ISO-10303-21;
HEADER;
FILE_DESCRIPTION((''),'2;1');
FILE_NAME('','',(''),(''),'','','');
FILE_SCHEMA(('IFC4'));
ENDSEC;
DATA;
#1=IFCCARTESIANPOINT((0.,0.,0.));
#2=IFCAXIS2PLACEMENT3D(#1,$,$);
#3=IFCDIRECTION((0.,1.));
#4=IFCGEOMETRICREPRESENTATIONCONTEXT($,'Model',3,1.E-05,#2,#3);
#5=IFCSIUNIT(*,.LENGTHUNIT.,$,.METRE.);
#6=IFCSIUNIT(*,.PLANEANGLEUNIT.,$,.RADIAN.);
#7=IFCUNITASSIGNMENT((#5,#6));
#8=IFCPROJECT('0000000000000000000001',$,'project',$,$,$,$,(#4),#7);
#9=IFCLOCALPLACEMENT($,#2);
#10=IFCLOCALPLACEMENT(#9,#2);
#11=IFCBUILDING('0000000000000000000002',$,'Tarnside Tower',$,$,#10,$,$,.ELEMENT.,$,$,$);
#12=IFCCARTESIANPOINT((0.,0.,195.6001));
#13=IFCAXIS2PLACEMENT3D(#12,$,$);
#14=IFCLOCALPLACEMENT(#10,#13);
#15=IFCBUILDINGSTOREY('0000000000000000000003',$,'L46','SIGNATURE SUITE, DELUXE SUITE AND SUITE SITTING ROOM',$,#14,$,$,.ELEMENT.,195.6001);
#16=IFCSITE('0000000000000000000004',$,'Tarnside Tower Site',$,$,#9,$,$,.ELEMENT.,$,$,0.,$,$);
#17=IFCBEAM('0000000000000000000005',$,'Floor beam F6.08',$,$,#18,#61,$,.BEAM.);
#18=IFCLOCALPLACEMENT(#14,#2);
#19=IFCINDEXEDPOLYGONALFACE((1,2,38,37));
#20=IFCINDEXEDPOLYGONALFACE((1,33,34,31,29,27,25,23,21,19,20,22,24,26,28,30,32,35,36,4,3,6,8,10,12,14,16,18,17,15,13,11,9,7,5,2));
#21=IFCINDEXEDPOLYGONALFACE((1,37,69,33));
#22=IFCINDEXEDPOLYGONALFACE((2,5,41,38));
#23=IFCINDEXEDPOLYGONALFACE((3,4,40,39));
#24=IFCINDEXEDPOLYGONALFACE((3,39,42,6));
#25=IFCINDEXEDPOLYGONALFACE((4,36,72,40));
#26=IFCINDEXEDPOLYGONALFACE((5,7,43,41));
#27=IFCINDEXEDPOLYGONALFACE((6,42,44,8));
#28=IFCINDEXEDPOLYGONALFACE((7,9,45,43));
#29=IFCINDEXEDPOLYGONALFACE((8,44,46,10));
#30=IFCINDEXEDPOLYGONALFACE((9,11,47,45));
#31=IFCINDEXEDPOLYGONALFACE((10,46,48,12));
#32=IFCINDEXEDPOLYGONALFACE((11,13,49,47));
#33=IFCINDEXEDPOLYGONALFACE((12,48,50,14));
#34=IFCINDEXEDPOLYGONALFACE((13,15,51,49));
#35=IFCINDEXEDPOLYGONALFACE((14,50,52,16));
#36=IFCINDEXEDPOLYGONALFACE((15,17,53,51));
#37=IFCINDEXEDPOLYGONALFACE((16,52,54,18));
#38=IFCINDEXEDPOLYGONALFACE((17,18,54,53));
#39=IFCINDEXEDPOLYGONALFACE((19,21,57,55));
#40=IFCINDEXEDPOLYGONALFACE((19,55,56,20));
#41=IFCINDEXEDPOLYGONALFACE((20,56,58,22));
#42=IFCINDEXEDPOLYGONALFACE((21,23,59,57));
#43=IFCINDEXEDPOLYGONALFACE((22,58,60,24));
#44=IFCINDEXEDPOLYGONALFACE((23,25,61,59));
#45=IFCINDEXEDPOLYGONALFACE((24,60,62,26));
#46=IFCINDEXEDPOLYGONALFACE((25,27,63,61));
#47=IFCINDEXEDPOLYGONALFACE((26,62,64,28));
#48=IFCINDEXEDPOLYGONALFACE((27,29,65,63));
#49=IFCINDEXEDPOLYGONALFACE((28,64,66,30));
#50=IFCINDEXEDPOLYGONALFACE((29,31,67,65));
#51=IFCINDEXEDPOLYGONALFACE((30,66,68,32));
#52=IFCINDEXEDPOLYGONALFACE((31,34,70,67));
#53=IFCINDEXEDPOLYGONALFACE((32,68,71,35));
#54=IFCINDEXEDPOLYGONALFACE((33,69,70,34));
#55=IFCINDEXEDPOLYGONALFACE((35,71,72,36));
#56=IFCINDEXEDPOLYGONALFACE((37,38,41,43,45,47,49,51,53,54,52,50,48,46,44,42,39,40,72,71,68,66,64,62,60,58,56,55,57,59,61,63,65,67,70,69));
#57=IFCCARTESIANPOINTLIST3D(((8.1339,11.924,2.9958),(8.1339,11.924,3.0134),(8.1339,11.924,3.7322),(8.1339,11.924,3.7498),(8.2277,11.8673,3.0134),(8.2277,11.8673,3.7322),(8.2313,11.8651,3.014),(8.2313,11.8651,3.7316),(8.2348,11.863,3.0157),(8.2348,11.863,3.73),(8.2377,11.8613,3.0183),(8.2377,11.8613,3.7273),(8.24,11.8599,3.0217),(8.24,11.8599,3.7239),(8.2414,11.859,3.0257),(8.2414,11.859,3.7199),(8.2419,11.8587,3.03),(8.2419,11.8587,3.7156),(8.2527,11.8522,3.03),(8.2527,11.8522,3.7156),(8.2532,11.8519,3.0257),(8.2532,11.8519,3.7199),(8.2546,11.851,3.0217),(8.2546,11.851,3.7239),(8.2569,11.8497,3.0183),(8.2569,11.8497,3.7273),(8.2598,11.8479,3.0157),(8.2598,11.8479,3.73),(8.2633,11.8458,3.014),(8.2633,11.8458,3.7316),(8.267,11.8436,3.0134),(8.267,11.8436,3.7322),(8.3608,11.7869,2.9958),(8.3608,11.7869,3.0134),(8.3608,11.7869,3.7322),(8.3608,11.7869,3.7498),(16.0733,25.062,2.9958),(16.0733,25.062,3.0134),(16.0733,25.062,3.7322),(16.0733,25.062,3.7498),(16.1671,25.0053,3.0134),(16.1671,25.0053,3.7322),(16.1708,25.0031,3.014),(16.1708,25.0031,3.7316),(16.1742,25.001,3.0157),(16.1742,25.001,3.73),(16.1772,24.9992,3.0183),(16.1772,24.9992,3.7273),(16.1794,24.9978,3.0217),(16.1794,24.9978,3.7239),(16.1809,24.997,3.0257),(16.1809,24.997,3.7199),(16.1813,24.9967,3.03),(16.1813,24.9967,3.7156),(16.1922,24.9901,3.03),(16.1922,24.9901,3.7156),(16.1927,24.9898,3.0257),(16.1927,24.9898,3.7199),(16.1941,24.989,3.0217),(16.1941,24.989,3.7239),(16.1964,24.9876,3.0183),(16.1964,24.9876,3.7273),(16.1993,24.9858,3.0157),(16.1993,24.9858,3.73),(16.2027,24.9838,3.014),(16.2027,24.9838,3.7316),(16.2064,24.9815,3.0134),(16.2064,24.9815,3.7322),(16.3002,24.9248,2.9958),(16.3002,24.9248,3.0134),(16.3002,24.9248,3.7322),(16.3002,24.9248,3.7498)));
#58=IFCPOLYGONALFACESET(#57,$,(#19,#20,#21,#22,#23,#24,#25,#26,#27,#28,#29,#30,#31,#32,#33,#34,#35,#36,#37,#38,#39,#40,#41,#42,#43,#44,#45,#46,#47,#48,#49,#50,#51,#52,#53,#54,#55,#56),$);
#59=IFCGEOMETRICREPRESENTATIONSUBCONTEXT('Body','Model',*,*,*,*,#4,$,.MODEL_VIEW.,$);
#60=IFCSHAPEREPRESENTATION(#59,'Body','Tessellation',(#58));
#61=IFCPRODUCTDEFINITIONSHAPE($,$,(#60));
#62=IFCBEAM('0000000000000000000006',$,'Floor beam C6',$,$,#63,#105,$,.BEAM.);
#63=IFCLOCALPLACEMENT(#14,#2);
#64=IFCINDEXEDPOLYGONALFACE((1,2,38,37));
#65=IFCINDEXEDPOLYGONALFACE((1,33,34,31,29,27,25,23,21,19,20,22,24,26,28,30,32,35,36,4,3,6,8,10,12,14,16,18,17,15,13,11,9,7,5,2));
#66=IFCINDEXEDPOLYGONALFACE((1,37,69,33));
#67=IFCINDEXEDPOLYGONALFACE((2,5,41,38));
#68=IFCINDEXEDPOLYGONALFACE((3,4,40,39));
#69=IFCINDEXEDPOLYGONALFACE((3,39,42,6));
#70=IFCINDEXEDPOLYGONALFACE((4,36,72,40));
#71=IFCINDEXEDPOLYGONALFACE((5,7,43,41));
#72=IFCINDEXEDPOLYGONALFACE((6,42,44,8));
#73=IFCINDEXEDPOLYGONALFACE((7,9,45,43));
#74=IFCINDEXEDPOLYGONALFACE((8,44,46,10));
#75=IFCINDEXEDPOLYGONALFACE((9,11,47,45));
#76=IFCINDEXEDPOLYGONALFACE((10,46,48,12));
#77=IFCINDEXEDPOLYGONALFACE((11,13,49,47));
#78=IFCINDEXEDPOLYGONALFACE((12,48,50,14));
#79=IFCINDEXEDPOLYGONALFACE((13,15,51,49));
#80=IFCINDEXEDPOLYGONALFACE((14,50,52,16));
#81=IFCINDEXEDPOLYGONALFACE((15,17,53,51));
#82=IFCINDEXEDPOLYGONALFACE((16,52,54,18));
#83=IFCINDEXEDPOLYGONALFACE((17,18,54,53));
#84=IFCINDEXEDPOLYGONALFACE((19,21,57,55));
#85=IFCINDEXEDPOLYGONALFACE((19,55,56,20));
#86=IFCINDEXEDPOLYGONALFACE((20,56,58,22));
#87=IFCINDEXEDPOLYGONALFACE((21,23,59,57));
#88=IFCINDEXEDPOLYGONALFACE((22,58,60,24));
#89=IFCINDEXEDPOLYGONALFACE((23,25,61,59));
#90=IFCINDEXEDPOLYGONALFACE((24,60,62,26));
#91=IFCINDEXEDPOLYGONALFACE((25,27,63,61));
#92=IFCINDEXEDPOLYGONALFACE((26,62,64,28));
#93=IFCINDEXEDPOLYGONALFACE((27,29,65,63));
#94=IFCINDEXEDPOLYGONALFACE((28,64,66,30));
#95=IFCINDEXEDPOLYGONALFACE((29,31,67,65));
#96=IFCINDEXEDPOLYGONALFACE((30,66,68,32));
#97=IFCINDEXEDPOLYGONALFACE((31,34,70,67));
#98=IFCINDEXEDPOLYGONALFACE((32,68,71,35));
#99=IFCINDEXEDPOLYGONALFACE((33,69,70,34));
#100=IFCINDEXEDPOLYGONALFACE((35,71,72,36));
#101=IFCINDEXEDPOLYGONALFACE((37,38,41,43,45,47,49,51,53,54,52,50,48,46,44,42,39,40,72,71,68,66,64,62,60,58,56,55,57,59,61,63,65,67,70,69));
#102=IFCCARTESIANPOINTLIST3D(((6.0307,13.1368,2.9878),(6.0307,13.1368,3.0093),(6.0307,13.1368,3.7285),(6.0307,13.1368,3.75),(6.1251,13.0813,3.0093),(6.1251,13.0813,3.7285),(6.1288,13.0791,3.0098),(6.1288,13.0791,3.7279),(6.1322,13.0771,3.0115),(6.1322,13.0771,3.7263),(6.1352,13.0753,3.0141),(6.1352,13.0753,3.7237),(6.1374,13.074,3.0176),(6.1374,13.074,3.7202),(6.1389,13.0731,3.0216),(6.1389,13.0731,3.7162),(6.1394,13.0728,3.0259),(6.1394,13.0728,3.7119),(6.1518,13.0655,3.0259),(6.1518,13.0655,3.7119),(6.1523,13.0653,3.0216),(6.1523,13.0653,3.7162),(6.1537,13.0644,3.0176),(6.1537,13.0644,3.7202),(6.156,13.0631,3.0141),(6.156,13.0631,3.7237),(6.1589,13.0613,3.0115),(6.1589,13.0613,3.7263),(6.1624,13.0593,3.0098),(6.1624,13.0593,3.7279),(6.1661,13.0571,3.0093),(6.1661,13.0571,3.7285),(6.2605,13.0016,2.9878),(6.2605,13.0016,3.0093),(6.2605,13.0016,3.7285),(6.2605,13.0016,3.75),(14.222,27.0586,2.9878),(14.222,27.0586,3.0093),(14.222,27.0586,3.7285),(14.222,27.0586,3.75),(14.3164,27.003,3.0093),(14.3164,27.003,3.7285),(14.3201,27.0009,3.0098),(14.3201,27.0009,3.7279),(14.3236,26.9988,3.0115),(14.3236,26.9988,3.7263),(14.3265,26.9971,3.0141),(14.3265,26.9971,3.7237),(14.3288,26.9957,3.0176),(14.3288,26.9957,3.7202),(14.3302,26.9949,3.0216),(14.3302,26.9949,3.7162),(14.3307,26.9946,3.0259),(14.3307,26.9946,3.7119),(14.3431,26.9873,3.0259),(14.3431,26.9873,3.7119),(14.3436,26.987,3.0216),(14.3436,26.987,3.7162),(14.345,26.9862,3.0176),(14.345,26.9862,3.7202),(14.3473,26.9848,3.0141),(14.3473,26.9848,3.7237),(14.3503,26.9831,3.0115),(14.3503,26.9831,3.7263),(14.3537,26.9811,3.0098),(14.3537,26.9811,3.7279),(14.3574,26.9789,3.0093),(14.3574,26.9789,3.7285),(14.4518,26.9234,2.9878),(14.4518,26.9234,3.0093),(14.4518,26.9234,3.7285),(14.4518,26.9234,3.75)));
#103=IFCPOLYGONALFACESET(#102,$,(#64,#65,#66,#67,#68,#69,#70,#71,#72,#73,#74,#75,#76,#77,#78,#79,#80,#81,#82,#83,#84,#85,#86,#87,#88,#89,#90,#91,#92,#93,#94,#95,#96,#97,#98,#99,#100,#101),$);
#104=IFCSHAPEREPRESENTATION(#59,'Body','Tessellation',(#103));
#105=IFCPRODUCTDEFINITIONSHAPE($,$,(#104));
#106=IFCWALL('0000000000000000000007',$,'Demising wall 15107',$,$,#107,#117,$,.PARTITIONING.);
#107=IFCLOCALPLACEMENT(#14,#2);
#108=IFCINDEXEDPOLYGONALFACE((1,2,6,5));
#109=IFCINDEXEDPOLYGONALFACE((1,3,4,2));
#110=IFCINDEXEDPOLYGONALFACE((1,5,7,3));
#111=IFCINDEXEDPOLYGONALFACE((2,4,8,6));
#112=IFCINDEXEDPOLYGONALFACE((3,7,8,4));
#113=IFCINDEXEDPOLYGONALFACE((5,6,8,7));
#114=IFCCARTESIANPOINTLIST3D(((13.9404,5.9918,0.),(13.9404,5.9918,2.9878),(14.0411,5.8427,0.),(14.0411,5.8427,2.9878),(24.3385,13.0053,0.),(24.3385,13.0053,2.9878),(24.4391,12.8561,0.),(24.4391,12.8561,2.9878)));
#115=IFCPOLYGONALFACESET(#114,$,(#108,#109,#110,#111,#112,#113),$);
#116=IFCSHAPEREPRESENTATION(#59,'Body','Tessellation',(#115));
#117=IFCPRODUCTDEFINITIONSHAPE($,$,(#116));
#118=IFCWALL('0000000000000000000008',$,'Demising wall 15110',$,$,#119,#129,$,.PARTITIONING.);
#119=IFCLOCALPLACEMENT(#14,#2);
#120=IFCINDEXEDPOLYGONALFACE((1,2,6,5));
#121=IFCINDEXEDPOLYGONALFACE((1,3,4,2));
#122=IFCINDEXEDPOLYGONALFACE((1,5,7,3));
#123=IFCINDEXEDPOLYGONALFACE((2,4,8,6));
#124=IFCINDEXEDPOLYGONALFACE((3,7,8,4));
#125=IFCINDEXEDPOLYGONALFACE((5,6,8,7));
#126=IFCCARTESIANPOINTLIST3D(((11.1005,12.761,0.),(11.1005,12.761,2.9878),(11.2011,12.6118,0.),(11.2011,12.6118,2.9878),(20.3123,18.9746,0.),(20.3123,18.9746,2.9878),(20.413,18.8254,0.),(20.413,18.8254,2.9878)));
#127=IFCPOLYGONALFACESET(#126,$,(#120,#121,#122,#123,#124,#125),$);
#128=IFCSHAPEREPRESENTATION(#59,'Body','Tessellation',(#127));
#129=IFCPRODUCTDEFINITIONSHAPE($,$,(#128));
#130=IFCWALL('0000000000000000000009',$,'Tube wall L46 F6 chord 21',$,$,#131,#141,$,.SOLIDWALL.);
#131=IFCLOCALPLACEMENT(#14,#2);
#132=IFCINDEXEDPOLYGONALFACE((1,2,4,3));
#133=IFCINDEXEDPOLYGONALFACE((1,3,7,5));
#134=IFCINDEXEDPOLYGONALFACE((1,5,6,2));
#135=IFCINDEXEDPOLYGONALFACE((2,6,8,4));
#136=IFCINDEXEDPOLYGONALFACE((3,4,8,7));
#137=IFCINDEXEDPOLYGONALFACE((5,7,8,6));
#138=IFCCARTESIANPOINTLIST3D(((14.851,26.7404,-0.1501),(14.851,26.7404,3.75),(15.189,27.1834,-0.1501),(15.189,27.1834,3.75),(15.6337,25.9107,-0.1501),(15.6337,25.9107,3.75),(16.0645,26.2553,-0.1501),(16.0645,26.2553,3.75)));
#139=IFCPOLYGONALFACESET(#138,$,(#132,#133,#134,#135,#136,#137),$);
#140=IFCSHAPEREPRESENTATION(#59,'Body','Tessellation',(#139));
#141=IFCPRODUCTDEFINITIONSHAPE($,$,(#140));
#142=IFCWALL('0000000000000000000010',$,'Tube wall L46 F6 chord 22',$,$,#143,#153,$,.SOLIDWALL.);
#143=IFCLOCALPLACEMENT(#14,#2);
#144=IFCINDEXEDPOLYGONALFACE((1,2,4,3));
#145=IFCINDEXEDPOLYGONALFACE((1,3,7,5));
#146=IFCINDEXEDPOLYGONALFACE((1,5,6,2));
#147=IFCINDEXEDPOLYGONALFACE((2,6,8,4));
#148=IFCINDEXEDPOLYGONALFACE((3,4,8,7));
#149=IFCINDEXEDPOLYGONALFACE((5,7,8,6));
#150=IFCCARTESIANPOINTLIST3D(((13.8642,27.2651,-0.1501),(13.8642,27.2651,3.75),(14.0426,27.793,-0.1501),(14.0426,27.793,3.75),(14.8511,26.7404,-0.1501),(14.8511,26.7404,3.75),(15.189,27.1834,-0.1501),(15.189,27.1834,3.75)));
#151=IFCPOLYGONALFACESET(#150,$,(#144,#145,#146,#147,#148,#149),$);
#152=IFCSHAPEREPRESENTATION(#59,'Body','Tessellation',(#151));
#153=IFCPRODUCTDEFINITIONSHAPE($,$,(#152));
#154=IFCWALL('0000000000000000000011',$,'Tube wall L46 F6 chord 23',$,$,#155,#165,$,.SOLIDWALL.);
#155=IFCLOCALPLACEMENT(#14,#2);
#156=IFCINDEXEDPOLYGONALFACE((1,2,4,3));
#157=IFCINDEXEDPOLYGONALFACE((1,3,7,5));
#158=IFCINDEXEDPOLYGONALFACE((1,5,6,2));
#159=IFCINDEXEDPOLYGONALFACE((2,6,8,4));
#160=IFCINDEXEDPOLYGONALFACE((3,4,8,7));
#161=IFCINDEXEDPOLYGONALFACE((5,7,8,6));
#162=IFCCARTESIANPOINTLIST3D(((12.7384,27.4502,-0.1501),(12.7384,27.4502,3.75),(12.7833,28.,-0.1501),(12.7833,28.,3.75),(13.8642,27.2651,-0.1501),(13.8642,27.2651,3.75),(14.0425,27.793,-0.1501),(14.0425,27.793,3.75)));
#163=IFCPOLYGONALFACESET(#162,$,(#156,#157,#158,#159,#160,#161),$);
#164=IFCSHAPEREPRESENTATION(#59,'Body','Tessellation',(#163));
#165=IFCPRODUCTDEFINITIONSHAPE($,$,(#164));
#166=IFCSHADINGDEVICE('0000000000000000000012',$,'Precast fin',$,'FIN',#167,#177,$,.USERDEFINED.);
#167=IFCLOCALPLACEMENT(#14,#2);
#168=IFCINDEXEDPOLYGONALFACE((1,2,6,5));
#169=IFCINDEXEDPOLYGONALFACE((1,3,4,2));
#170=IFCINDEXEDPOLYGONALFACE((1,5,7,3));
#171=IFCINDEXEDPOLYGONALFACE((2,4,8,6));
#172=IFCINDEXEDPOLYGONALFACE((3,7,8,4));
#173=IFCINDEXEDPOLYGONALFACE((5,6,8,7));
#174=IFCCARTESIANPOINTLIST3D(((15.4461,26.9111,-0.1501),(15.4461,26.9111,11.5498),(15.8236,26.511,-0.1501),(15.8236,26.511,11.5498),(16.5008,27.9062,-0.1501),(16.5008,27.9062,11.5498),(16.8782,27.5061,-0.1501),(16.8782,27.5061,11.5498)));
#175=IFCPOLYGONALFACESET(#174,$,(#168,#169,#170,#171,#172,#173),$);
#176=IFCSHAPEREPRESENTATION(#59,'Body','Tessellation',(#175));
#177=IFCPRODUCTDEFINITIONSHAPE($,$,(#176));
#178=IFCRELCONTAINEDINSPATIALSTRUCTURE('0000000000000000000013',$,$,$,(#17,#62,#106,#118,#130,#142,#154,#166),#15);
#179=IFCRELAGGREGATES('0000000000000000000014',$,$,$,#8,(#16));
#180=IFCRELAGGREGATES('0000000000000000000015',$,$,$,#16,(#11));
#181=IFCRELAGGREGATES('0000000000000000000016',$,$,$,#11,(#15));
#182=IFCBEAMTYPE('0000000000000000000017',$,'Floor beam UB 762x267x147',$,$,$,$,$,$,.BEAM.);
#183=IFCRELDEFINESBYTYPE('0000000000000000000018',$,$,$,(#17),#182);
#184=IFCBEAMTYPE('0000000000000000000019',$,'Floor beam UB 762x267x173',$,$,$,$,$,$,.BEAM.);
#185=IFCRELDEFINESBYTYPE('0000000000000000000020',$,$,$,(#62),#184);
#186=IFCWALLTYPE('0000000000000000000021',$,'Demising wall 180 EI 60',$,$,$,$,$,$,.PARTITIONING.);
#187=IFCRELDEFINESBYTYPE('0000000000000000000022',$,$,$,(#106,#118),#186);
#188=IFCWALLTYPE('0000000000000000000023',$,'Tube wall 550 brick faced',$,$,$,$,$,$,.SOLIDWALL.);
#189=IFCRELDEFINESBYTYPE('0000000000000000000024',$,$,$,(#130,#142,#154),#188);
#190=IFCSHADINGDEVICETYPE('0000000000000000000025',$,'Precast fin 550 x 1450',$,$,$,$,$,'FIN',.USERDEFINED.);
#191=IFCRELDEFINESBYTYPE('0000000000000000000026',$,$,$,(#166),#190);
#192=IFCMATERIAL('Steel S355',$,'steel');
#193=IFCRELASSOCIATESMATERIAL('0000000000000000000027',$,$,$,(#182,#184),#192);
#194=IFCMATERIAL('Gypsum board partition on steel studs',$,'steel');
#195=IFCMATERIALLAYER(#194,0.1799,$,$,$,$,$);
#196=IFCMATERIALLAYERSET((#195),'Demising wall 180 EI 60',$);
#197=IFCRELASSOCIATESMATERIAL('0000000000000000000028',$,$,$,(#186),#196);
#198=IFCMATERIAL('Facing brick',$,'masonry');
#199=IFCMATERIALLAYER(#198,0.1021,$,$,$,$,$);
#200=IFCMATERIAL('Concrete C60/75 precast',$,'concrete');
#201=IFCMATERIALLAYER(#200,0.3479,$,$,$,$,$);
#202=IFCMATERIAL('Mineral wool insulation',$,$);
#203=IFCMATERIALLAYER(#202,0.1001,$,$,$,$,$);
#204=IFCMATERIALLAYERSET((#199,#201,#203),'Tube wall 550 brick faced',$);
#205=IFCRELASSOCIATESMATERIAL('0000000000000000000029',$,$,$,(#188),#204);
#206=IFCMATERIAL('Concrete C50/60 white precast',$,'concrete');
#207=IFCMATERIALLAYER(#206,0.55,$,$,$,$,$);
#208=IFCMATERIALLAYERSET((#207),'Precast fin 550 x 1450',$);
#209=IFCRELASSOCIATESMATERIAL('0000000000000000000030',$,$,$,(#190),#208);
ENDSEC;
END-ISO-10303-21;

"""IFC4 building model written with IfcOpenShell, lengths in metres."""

from ifc_helpers import new_model, si_unit, direction, frame, frame_2d, origin, origin_2d, place, context, subcontext, project, spatial, polyline, rectangle, i_section, outline, extrude, material, layer, layer_set, material_profile, profile_set, type_object, element, save


model = new_model("IFC4")

# Units and contexts
model_context = context("Model", 3, precision=1e-05, world=origin(), true_north=direction((0.0, 1.0)))
body_context = subcontext(model_context, "Body", "Model", "MODEL_VIEW")
ifc_project = project(units=[si_unit("LENGTHUNIT", "METRE"), si_unit("PLANEANGLEUNIT", "RADIAN")], contexts=[model_context])

# Site, building, storey
site_placement = place(None, origin())
site = spatial("IfcSite", under=ifc_project, at=site_placement, Name="Tarnside Tower Site", CompositionType="ELEMENT", RefElevation=0.0)
building_placement = place(site_placement, origin())
building = spatial("IfcBuilding", under=site, at=building_placement, Name="Tarnside Tower", CompositionType="ELEMENT")
storey_placement = place(building_placement, frame((0.0, 0.0, 195.6001)))
storey = spatial("IfcBuildingStorey", under=building, at=storey_placement, Name="L46", Description="SIGNATURE SUITE, DELUXE SUITE AND SUITE SITTING ROOM", CompositionType="ELEMENT", Elevation=195.6001)

# Beams
ifc_material_1 = material(Name="Steel S355", Category="steel")
ifc_material_profile_1 = material_profile(ifc_material_1, i_section(OverallWidth=0.2651, OverallDepth=0.7539, WebThickness=0.0127, FlangeThickness=0.0176, FilletRadius=0.0166, at=origin_2d()), Name="UB 762x267x147")
ifc_profile_set_1 = profile_set([ifc_material_profile_1], Name="Steel S355")
beam_type_1 = type_object("IfcBeamType", Name="Floor beam UB 762x267x147", PredefinedType="BEAM", material=ifc_profile_set_1)
beam_1_placement = place(storey_placement, frame((16.1868, 24.9934, 3.3728), z_axis=(-0.517209, -0.855859, 0.0), x_axis=(0.855859, -0.517209, 0.0)))
element("IfcBeam", 1, at=beam_1_placement, inside=storey, type_object=beam_type_1, Name="Floor beam F6.08", PredefinedType="BEAM", context=body_context, shape_type="SweptSolid", body=[
    extrude(i_section(OverallWidth=0.2651, OverallDepth=0.7539, WebThickness=0.0127, FlangeThickness=0.0176, FilletRadius=0.0166, at=origin_2d()), origin(), (0.0, 0.0, 1.0), 15.3506),
])
ifc_material_profile_2 = material_profile(ifc_material_1, i_section(OverallWidth=0.2666, OverallDepth=0.7622, WebThickness=0.0144, FlangeThickness=0.0215, FilletRadius=0.0166, at=origin_2d()), Name="UB 762x267x173")
ifc_profile_set_2 = profile_set([ifc_material_profile_2], Name="Steel S355")
beam_type_2 = type_object("IfcBeamType", Name="Floor beam UB 762x267x173", PredefinedType="BEAM", material=ifc_profile_set_2)
beam_2_placement = place(storey_placement, frame((14.3369, 26.991, 3.3689), z_axis=(-0.507115, -0.861878, 0.0), x_axis=(0.861878, -0.507115, 0.0)))
element("IfcBeam", 2, at=beam_2_placement, inside=storey, type_object=beam_type_2, Name="Floor beam C6", PredefinedType="BEAM", context=body_context, shape_type="SweptSolid", body=[
    extrude(i_section(OverallWidth=0.2666, OverallDepth=0.7622, WebThickness=0.0144, FlangeThickness=0.0215, FilletRadius=0.0166, at=origin_2d()), origin(), (0.0, 0.0, 1.0), 16.1528),
])

# Walls
ifc_material_2 = material(Name="Gypsum board partition on steel studs", Category="steel")
ifc_layer_1 = layer(ifc_material_2, 0.1799)
ifc_layer_set_1 = layer_set([ifc_layer_1], Name="Demising wall 180 EI 60")
wall_type_1 = type_object("IfcWallType", Name="Demising wall 180 EI 60", PredefinedType="PARTITIONING", material=ifc_layer_set_1)
wall_1_placement = place(storey_placement, frame((24.3887, 12.9307, 0.0), z_axis=(0.0, 0.0, 1.0), x_axis=(-0.82904, -0.559189, 0.0)))
element("IfcWall", 3, at=wall_1_placement, inside=storey, type_object=wall_type_1, Name="Demising wall 15107", PredefinedType="PARTITIONING", context=body_context, shape_type="SweptSolid", body=[
    extrude(rectangle(XDim=12.5422, YDim=0.1799, at=frame_2d((6.271, 0.0))), origin(), (0.0, 0.0, 1.0), 2.9878),
])
wall_2_placement = place(storey_placement, frame((20.3625, 18.8999, 0.0), z_axis=(0.0, 0.0, 1.0), x_axis=(-0.829033, -0.5592, 0.0)))
element("IfcWall", 4, at=wall_2_placement, inside=storey, type_object=wall_type_1, Name="Demising wall 15110", PredefinedType="PARTITIONING", context=body_context, shape_type="SweptSolid", body=[
    extrude(rectangle(XDim=11.1116, YDim=0.1799, at=frame_2d((5.5557, 0.0))), origin(), (0.0, 0.0, 1.0), 2.9878),
])
ifc_material_3 = material(Name="Facing brick", Category="masonry")
ifc_layer_2 = layer(ifc_material_3, 0.1021)
ifc_material_4 = material(Name="Concrete C60/75 precast", Category="concrete")
ifc_layer_3 = layer(ifc_material_4, 0.3479)
ifc_material_5 = material(Name="Mineral wool insulation")
ifc_layer_4 = layer(ifc_material_5, 0.1001)
ifc_layer_set_2 = layer_set([ifc_layer_2, ifc_layer_3, ifc_layer_4], Name="Tube wall 550 brick faced")
wall_type_2 = type_object("IfcWallType", Name="Tube wall 550 brick faced", PredefinedType="SOLIDWALL", material=ifc_layer_set_2)
wall_3_placement = place(storey_placement, frame((15.8491, 26.083, -0.1501), z_axis=(0.0, 0.0, 1.0), x_axis=(-0.686196, 0.727416, 0.0)))
element("IfcWall", 5, at=wall_3_placement, inside=storey, type_object=wall_type_2, Name="Tube wall L46 F6 chord 21", PredefinedType="SOLIDWALL", context=body_context, shape_type="SweptSolid", body=[
    extrude(outline(polyline([(-0.0225, -0.2749), (1.2534, -0.2749), (1.1631, 0.2749), (0.0225, 0.2749), (-0.0225, -0.2749)])), origin(), (0.0, 0.0, 1.0), 3.9001),
])
wall_4_placement = place(storey_placement, frame((15.02, 26.9619, -0.1501), z_axis=(0.0, 0.0, 1.0), x_axis=(-0.882951, 0.469465, 0.0)))
element("IfcWall", 6, at=wall_4_placement, inside=storey, type_object=wall_type_2, Name="Tube wall L46 F6 chord 22", PredefinedType="SOLIDWALL", context=body_context, shape_type="SweptSolid", body=[
    extrude(outline(polyline([(-0.0452, -0.2749), (1.2532, -0.2749), (1.1628, 0.2749), (0.0452, 0.2749), (-0.0452, -0.2749)])), origin(), (0.0, 0.0, 1.0), 3.9001),
])
wall_5_placement = place(storey_placement, frame((13.9534, 27.5291, -0.1501), z_axis=(0.0, 0.0, 1.0), x_axis=(-0.986752, 0.162236, 0.0)))
element("IfcWall", 7, at=wall_5_placement, inside=storey, type_object=wall_type_2, Name="Tube wall L46 F6 chord 23", PredefinedType="SOLIDWALL", context=body_context, shape_type="SweptSolid", body=[
    extrude(outline(polyline([(-0.0452, -0.2749), (1.231, -0.2749), (1.186, 0.2749), (0.0452, 0.2749), (-0.0452, -0.2749)])), origin(), (0.0, 0.0, 1.0), 3.9001),
])

# Shading device
ifc_material_6 = material(Name="Concrete C50/60 white precast", Category="concrete")
ifc_layer_5 = layer(ifc_material_6, 0.55)
ifc_layer_set_3 = layer_set([ifc_layer_5], Name="Precast fin 550 x 1450")
shading_device_type_1 = type_object("IfcShadingDeviceType", Name="Precast fin 550 x 1450", ElementType="FIN", PredefinedType="USERDEFINED", material=ifc_layer_set_3)
shading_device_placement = place(storey_placement, frame((15.6348, 26.7112, -0.1501), z_axis=(0.686242, -0.727374, 0.0), x_axis=(0.727374, 0.686242, 0.0)))
element("IfcShadingDevice", 8, at=shading_device_placement, inside=storey, type_object=shading_device_type_1, Name="Precast fin", ObjectType="FIN", PredefinedType="USERDEFINED", context=body_context, shape_type="SweptSolid", body=[
    extrude(outline(polyline([(0.0, 0.0), (1.45, 0.0), (1.45, 11.7), (0.0, 11.7), (0.0, 0.0)])), frame((0.0, 0.0, -0.2749)), (0.0, 0.0, 1.0), 0.55),
])

save(model, "model.ifc")
